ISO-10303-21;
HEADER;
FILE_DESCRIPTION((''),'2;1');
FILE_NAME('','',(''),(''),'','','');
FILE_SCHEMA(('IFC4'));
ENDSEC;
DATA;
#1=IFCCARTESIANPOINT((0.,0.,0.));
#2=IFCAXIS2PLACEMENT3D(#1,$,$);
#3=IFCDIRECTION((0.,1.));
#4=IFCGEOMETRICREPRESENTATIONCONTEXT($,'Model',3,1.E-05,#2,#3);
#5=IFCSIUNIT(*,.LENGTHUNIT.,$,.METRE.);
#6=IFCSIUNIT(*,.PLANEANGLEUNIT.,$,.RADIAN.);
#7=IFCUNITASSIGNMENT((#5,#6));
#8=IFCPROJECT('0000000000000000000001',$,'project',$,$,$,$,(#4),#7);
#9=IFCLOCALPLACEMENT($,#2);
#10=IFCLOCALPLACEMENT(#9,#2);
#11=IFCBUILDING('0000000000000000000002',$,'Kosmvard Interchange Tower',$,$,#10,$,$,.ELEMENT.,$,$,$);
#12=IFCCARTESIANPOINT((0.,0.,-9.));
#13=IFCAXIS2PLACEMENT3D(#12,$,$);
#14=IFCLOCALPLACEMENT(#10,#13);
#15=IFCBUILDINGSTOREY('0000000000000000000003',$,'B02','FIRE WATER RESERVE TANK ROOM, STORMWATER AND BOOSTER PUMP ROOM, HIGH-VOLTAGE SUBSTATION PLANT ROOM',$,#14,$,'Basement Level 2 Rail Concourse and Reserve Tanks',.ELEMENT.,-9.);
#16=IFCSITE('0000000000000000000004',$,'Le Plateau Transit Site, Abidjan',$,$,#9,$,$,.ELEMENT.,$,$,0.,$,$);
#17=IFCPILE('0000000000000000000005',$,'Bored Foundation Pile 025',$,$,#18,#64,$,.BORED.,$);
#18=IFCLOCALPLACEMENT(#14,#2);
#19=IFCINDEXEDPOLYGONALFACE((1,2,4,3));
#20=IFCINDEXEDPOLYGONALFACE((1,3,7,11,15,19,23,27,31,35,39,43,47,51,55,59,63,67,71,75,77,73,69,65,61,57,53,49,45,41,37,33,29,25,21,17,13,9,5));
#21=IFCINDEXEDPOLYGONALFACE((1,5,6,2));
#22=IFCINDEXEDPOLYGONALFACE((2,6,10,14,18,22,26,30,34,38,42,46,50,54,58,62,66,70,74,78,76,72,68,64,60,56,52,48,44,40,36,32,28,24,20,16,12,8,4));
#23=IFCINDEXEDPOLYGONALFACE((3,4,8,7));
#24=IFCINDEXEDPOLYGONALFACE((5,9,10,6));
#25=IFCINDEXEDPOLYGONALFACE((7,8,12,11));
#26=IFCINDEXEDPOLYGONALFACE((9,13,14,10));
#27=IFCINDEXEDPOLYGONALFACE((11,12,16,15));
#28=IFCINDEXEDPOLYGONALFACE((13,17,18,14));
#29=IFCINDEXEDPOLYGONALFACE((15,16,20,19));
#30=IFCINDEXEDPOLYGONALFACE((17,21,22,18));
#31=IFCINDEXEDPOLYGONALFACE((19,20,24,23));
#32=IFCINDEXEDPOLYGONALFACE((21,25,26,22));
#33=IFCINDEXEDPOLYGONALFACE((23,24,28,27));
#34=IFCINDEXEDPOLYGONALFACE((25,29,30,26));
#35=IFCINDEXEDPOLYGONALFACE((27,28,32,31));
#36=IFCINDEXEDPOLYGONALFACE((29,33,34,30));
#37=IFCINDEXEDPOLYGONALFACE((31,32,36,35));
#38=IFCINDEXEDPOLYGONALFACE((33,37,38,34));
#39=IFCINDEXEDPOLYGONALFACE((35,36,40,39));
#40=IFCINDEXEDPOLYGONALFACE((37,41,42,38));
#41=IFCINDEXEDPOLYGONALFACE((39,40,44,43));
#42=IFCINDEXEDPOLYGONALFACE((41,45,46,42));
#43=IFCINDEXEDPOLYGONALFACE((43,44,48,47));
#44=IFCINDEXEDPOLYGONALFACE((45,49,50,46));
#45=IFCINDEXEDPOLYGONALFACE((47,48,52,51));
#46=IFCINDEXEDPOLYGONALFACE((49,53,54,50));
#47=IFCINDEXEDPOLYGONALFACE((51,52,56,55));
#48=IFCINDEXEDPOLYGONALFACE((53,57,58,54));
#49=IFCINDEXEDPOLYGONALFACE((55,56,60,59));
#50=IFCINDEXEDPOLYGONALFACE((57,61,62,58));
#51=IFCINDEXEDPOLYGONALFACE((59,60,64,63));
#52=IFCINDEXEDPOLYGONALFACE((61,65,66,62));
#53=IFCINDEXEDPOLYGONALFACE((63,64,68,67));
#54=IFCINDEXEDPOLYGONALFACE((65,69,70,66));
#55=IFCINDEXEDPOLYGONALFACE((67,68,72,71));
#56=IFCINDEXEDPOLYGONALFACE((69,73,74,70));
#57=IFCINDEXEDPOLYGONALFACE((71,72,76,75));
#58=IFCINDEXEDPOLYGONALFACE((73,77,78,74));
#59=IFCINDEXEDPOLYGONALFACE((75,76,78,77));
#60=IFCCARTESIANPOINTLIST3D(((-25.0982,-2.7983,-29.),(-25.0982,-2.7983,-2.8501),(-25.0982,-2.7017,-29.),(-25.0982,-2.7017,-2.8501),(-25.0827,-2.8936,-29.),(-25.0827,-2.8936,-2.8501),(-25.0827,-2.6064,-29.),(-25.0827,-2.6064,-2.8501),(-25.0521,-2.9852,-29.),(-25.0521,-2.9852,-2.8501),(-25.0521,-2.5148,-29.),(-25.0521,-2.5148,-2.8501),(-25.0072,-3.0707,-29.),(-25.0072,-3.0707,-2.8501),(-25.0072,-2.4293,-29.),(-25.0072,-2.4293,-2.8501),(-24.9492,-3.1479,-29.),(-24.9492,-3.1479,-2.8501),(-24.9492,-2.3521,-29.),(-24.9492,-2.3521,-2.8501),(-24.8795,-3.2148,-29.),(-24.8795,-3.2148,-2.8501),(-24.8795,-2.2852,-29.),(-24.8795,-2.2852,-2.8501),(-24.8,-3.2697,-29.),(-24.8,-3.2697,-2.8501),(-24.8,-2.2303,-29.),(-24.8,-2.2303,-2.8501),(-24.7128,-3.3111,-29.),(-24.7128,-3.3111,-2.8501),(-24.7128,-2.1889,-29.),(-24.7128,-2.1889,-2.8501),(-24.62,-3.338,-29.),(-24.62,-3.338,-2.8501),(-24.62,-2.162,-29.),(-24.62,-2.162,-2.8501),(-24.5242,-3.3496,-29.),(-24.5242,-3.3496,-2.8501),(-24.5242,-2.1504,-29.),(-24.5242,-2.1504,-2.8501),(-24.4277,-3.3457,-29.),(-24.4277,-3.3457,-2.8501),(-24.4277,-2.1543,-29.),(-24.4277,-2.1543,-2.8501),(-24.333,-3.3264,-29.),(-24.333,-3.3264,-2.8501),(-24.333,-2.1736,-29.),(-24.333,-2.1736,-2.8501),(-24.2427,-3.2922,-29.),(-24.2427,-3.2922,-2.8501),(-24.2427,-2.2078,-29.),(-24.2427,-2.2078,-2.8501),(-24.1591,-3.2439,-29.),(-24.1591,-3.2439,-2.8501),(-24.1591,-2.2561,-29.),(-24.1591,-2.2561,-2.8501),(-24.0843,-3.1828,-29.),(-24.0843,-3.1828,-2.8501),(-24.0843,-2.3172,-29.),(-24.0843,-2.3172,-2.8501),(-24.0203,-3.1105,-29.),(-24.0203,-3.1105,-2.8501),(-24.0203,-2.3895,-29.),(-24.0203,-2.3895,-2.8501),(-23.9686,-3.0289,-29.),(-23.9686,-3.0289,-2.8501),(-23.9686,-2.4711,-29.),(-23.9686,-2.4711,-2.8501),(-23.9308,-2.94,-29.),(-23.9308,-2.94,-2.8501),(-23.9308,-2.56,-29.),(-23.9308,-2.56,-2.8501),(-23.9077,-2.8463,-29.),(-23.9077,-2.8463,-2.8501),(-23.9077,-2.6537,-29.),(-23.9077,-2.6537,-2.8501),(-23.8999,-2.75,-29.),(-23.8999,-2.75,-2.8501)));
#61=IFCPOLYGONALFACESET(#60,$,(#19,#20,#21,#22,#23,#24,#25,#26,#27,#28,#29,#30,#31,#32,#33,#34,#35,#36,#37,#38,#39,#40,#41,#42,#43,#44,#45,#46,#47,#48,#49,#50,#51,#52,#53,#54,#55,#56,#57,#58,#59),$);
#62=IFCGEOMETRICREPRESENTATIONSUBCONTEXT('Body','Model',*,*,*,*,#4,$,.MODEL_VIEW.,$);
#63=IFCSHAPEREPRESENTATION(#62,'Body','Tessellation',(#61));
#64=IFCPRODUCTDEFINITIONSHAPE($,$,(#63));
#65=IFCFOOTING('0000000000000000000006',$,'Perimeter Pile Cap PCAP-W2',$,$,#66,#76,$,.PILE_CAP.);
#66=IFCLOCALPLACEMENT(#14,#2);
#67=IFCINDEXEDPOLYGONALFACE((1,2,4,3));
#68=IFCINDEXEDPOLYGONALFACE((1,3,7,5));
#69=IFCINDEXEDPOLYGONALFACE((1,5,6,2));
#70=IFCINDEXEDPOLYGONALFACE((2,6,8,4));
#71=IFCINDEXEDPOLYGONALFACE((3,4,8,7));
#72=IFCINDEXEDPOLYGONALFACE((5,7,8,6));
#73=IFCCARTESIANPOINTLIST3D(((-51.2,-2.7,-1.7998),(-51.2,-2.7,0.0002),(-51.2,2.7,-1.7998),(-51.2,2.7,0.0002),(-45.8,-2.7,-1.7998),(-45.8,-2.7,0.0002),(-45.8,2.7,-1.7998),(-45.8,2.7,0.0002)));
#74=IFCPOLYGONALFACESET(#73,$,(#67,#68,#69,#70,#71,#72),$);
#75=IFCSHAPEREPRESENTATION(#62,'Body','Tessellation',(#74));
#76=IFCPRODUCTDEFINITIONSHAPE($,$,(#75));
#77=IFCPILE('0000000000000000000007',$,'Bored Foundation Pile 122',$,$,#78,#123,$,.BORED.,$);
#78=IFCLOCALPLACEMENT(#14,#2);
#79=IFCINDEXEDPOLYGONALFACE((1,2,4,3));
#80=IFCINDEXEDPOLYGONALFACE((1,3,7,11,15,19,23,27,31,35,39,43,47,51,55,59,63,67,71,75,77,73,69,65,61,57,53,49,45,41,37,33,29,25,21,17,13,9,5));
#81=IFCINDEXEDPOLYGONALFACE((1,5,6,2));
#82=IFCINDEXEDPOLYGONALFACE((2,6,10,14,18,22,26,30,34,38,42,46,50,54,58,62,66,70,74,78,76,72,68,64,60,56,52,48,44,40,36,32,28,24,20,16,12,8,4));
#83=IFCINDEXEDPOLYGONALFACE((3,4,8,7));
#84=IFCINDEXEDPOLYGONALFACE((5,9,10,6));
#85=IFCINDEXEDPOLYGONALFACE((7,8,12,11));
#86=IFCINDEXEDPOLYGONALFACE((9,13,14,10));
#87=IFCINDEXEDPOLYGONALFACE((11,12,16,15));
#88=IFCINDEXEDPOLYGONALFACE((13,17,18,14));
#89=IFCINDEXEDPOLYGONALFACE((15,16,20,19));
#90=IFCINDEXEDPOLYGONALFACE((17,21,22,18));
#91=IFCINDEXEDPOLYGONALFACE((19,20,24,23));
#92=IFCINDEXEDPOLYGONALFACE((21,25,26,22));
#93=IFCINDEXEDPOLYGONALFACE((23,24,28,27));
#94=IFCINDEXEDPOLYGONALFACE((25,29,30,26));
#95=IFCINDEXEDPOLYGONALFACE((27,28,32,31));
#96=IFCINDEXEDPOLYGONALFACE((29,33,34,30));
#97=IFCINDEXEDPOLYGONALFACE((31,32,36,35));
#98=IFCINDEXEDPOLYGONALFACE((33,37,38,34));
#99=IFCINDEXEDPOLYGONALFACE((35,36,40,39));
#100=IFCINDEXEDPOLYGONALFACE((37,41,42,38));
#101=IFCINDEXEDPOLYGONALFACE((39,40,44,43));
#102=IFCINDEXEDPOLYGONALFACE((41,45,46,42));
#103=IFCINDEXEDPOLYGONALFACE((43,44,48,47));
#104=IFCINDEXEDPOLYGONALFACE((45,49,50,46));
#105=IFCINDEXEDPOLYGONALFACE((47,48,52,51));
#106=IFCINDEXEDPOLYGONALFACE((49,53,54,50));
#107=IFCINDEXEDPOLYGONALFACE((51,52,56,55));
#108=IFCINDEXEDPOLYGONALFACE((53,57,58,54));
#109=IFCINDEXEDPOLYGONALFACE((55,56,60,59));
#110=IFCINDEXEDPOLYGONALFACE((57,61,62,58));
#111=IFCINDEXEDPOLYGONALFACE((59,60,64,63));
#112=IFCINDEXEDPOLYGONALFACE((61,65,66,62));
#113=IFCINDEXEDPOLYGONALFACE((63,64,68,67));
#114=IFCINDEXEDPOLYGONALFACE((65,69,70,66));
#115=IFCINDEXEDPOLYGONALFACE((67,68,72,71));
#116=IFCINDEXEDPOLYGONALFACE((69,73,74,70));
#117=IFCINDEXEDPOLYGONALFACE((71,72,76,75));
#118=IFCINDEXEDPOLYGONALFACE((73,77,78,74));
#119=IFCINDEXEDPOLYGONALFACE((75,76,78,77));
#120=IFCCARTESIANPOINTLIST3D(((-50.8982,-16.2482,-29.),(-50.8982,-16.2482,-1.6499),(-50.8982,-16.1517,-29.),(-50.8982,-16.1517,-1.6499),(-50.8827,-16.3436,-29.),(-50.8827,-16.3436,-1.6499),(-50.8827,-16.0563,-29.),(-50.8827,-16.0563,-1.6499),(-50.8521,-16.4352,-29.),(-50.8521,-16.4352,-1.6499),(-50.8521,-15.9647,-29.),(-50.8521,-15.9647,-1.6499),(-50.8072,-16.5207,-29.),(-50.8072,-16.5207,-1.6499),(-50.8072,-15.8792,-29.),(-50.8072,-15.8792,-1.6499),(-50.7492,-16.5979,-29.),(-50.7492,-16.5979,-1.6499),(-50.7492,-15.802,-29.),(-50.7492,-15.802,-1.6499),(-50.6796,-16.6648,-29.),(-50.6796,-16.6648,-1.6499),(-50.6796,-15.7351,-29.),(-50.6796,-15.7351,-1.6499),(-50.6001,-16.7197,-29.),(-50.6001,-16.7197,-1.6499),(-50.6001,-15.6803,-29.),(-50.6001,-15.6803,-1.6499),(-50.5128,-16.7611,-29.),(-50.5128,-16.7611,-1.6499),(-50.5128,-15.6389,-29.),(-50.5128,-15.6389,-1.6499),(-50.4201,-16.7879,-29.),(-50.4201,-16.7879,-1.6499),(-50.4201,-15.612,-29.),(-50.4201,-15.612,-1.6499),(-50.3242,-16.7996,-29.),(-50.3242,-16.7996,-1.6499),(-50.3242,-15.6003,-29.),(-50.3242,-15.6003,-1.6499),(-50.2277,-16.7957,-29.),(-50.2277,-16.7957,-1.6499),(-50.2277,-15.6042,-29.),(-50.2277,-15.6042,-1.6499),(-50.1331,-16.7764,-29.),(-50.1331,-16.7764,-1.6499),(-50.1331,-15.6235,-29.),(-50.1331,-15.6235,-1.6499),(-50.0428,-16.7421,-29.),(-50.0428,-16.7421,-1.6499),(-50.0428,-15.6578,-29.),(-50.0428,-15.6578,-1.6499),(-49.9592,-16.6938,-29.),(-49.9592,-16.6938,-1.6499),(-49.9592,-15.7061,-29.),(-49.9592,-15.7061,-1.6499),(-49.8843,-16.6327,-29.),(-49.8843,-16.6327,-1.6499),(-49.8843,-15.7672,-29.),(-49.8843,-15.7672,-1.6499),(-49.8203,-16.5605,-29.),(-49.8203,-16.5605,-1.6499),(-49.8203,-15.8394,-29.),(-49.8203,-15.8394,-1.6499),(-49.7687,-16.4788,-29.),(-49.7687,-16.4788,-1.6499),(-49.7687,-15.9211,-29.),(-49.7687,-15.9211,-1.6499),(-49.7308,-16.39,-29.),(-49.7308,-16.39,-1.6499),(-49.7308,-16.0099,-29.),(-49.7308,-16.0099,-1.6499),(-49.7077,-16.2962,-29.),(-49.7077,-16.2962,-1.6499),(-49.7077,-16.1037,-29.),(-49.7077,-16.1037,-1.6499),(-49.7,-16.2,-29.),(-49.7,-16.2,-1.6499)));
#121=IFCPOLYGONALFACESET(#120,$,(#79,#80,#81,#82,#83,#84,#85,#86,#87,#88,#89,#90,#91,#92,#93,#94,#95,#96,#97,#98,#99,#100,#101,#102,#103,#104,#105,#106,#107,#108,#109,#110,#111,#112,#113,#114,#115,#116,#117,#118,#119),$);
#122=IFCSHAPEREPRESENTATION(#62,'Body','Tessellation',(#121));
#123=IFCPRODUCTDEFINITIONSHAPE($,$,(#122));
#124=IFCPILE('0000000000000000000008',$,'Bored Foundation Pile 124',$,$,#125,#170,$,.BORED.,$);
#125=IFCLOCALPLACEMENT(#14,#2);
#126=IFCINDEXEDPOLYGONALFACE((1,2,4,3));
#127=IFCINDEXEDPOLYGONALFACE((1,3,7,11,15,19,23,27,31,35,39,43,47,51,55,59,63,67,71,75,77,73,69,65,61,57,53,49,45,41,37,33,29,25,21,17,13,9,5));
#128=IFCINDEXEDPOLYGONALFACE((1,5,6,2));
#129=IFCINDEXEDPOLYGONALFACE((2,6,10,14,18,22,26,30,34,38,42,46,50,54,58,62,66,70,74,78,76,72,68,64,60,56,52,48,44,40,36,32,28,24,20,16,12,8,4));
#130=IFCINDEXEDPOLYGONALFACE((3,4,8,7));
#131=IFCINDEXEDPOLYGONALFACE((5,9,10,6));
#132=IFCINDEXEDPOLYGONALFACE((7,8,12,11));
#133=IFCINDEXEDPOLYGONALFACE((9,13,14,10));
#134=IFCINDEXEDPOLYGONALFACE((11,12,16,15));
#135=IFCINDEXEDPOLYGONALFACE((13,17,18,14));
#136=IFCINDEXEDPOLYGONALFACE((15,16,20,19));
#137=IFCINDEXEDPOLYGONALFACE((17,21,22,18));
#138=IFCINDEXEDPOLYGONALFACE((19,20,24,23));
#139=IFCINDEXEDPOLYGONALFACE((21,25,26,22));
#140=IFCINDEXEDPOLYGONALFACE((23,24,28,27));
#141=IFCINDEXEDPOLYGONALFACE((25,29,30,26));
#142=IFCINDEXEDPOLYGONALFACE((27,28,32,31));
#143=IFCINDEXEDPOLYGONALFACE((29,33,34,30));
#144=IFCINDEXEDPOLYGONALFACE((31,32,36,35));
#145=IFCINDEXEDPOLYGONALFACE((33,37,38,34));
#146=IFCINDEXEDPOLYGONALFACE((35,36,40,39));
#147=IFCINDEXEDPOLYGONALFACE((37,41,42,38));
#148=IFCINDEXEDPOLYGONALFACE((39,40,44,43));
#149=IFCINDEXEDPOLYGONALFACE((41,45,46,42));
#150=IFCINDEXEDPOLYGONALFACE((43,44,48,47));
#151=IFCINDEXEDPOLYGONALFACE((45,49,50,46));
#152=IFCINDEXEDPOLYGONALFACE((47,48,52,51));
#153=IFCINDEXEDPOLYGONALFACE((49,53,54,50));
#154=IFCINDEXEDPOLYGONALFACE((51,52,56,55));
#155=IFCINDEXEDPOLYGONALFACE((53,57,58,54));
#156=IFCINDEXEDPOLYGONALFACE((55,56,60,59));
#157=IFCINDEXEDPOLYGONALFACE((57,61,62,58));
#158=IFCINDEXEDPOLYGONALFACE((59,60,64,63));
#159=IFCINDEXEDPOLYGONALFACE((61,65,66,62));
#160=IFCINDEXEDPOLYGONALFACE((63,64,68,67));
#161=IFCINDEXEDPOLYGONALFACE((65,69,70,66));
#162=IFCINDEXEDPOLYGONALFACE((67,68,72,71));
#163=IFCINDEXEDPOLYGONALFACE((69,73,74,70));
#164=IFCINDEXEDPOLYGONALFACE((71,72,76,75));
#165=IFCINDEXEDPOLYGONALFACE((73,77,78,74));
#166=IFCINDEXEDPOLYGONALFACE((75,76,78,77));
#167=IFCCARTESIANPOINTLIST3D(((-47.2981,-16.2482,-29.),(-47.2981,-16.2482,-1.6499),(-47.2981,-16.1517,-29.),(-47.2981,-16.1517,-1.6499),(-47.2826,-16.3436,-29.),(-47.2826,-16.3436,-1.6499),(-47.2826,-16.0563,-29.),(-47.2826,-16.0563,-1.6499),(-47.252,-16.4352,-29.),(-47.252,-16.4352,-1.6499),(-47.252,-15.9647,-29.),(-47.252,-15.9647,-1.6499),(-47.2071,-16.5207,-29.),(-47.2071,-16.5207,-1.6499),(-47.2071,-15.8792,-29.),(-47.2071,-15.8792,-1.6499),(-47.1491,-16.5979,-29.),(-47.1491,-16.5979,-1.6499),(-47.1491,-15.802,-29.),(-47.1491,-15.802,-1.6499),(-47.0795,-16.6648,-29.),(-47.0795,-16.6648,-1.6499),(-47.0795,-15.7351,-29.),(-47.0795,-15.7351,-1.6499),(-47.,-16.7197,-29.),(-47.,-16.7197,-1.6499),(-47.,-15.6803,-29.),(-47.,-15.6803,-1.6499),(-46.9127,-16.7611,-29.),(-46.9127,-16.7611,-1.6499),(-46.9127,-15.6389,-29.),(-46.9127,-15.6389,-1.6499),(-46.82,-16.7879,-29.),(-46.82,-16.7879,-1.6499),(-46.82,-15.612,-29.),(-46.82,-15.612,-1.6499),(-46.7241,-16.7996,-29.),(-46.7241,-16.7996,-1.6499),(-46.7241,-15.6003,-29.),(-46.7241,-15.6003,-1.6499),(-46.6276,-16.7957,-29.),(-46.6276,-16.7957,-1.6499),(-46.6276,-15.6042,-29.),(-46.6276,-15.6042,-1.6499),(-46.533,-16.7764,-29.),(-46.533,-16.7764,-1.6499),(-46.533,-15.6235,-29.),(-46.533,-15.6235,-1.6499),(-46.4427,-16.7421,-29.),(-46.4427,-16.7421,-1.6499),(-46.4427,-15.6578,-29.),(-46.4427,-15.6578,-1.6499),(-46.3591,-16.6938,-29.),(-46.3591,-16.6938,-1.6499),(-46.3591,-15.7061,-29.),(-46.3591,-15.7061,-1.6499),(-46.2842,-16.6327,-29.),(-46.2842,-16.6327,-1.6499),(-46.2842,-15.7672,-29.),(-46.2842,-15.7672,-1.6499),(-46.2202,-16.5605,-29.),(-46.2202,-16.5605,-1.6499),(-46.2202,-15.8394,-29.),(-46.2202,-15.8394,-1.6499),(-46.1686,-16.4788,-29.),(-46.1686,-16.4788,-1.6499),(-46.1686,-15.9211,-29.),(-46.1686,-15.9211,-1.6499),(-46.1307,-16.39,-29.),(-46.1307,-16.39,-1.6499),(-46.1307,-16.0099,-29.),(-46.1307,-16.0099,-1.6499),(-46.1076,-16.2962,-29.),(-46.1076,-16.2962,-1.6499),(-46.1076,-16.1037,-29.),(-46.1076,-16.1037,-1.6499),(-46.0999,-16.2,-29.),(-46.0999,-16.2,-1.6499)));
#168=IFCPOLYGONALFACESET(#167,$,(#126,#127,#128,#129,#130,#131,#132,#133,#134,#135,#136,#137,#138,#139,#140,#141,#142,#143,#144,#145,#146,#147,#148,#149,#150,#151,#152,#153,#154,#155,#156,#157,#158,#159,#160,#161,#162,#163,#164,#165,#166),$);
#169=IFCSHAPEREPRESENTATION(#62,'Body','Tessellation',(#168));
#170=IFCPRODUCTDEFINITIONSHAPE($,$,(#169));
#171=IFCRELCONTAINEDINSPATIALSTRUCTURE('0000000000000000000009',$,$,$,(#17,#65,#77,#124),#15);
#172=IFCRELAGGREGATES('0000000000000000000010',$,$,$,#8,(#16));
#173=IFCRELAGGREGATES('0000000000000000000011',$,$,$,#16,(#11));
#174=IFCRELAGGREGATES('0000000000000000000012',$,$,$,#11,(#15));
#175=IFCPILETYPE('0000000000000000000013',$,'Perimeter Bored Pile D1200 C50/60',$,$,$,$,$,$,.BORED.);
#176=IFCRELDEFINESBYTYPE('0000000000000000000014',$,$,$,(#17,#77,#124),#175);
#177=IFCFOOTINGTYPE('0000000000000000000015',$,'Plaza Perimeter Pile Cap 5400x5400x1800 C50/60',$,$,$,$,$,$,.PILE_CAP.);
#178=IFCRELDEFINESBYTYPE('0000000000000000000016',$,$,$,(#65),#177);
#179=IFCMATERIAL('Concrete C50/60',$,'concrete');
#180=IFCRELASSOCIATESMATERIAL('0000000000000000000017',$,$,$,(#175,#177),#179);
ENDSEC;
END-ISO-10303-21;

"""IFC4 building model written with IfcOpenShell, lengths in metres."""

from ifc_helpers import new_model, si_unit, direction, frame, origin, origin_2d, place, context, subcontext, project, spatial, rectangle, circle, extrude, source, transform, mapped, material, material_profile, profile_set, type_object, element, save


model = new_model("IFC4")

# Units and contexts
model_context = context("Model", 3, precision=1e-05, world=origin(), true_north=direction((0.0, 1.0)))
body_context = subcontext(model_context, "Body", "Model", "MODEL_VIEW")
ifc_project = project(units=[si_unit("LENGTHUNIT", "METRE"), si_unit("PLANEANGLEUNIT", "RADIAN")], contexts=[model_context])

# Site, building, storey
site_placement = place(None, origin())
site = spatial("IfcSite", under=ifc_project, at=site_placement, Name="Le Plateau Transit Site, Abidjan", CompositionType="ELEMENT", RefElevation=0.0)
building_placement = place(site_placement, origin())
building = spatial("IfcBuilding", under=site, at=building_placement, Name="Kosmvard Interchange Tower", CompositionType="ELEMENT")
storey_placement = place(building_placement, frame((0.0, 0.0, -9.0)))
storey = spatial("IfcBuildingStorey", under=building, at=storey_placement, Name="B02", Description="FIRE WATER RESERVE TANK ROOM, STORMWATER AND BOOSTER PUMP ROOM, HIGH-VOLTAGE SUBSTATION PLANT ROOM", LongName="Basement Level 2 Rail Concourse and Reserve Tanks", CompositionType="ELEMENT", Elevation=-9.0)

# Pile
ifc_material_1 = material(Name="Concrete C50/60", Category="concrete")
ifc_material_profile_1 = material_profile(ifc_material_1, circle(Radius=0.6001, at=origin_2d()), Name="PILE D1200")
ifc_profile_set_1 = profile_set([ifc_material_profile_1], Name="Concrete C50/60")
pile_type = type_object("IfcPileType", Name="Perimeter Bored Pile D1200 C50/60", PredefinedType="BORED", material=ifc_profile_set_1)
shared_shape_1 = source(origin(), body_context, "Body", "SweptSolid", [
    extrude(circle(Radius=0.6001, at=origin_2d()), origin(), (0.0, 0.0, 1.0), 26.1499),
])
for number, where, z_axis, x_axis, name in (
    (1, (-24.5, -2.75, -2.8501), (0.0, 0.0, -1.0), (1.0, 0.0, 0.0), "Bored Foundation Pile 025"),
):
    element("IfcPile", number, at=place(storey_placement, frame(where, z_axis=z_axis, x_axis=x_axis)), inside=storey, type_object=pile_type, Name=name, PredefinedType="BORED", context=body_context, shape_type="MappedRepresentation", body=[
        mapped(shared_shape_1, transform((0.0, 0.0, 0.0), scale=1.0)),
    ])

# Footing
footing_type_1 = type_object("IfcFootingType", Name="Plaza Perimeter Pile Cap 5400x5400x1800 C50/60", PredefinedType="PILE_CAP", material=ifc_material_1)
shared_shape_2 = source(origin(), body_context, "Body", "SweptSolid", [
    extrude(rectangle(XDim=5.3999, YDim=5.3999, at=origin_2d()), origin(), (0.0, 0.0, 1.0), 1.8),
])
footing_1_placement = place(storey_placement, frame((-48.5, 0.0, -1.7998), z_axis=(0.0, 0.0, 1.0), x_axis=(1.0, 0.0, 0.0)))
element("IfcFooting", 2, at=footing_1_placement, inside=storey, type_object=footing_type_1, Name="Perimeter Pile Cap PCAP-W2", PredefinedType="PILE_CAP", context=body_context, shape_type="MappedRepresentation", body=[
    mapped(shared_shape_2, transform((0.0, 0.0, 0.0), scale=1.0)),
])

# Piles
shared_shape_3 = source(origin(), body_context, "Body", "SweptSolid", [
    extrude(circle(Radius=0.6001, at=origin_2d()), origin(), (0.0, 0.0, 1.0), 27.3501),
])
for number, where, z_axis, x_axis, name in (
    (3, (-50.3, -16.2, -1.6499), (0.0, 0.0, -1.0), (1.0, 0.0, 0.0), "Bored Foundation Pile 122"),
    (4, (-46.7, -16.2, -1.6499), (0.0, 0.0, -1.0), (1.0, 0.0, 0.0), "Bored Foundation Pile 124"),
):
    element("IfcPile", number, at=place(storey_placement, frame(where, z_axis=z_axis, x_axis=x_axis)), inside=storey, type_object=pile_type, Name=name, PredefinedType="BORED", context=body_context, shape_type="MappedRepresentation", body=[
        mapped(shared_shape_3, transform((0.0, 0.0, 0.0), scale=1.0)),
    ])

save(model, "model.ifc")
